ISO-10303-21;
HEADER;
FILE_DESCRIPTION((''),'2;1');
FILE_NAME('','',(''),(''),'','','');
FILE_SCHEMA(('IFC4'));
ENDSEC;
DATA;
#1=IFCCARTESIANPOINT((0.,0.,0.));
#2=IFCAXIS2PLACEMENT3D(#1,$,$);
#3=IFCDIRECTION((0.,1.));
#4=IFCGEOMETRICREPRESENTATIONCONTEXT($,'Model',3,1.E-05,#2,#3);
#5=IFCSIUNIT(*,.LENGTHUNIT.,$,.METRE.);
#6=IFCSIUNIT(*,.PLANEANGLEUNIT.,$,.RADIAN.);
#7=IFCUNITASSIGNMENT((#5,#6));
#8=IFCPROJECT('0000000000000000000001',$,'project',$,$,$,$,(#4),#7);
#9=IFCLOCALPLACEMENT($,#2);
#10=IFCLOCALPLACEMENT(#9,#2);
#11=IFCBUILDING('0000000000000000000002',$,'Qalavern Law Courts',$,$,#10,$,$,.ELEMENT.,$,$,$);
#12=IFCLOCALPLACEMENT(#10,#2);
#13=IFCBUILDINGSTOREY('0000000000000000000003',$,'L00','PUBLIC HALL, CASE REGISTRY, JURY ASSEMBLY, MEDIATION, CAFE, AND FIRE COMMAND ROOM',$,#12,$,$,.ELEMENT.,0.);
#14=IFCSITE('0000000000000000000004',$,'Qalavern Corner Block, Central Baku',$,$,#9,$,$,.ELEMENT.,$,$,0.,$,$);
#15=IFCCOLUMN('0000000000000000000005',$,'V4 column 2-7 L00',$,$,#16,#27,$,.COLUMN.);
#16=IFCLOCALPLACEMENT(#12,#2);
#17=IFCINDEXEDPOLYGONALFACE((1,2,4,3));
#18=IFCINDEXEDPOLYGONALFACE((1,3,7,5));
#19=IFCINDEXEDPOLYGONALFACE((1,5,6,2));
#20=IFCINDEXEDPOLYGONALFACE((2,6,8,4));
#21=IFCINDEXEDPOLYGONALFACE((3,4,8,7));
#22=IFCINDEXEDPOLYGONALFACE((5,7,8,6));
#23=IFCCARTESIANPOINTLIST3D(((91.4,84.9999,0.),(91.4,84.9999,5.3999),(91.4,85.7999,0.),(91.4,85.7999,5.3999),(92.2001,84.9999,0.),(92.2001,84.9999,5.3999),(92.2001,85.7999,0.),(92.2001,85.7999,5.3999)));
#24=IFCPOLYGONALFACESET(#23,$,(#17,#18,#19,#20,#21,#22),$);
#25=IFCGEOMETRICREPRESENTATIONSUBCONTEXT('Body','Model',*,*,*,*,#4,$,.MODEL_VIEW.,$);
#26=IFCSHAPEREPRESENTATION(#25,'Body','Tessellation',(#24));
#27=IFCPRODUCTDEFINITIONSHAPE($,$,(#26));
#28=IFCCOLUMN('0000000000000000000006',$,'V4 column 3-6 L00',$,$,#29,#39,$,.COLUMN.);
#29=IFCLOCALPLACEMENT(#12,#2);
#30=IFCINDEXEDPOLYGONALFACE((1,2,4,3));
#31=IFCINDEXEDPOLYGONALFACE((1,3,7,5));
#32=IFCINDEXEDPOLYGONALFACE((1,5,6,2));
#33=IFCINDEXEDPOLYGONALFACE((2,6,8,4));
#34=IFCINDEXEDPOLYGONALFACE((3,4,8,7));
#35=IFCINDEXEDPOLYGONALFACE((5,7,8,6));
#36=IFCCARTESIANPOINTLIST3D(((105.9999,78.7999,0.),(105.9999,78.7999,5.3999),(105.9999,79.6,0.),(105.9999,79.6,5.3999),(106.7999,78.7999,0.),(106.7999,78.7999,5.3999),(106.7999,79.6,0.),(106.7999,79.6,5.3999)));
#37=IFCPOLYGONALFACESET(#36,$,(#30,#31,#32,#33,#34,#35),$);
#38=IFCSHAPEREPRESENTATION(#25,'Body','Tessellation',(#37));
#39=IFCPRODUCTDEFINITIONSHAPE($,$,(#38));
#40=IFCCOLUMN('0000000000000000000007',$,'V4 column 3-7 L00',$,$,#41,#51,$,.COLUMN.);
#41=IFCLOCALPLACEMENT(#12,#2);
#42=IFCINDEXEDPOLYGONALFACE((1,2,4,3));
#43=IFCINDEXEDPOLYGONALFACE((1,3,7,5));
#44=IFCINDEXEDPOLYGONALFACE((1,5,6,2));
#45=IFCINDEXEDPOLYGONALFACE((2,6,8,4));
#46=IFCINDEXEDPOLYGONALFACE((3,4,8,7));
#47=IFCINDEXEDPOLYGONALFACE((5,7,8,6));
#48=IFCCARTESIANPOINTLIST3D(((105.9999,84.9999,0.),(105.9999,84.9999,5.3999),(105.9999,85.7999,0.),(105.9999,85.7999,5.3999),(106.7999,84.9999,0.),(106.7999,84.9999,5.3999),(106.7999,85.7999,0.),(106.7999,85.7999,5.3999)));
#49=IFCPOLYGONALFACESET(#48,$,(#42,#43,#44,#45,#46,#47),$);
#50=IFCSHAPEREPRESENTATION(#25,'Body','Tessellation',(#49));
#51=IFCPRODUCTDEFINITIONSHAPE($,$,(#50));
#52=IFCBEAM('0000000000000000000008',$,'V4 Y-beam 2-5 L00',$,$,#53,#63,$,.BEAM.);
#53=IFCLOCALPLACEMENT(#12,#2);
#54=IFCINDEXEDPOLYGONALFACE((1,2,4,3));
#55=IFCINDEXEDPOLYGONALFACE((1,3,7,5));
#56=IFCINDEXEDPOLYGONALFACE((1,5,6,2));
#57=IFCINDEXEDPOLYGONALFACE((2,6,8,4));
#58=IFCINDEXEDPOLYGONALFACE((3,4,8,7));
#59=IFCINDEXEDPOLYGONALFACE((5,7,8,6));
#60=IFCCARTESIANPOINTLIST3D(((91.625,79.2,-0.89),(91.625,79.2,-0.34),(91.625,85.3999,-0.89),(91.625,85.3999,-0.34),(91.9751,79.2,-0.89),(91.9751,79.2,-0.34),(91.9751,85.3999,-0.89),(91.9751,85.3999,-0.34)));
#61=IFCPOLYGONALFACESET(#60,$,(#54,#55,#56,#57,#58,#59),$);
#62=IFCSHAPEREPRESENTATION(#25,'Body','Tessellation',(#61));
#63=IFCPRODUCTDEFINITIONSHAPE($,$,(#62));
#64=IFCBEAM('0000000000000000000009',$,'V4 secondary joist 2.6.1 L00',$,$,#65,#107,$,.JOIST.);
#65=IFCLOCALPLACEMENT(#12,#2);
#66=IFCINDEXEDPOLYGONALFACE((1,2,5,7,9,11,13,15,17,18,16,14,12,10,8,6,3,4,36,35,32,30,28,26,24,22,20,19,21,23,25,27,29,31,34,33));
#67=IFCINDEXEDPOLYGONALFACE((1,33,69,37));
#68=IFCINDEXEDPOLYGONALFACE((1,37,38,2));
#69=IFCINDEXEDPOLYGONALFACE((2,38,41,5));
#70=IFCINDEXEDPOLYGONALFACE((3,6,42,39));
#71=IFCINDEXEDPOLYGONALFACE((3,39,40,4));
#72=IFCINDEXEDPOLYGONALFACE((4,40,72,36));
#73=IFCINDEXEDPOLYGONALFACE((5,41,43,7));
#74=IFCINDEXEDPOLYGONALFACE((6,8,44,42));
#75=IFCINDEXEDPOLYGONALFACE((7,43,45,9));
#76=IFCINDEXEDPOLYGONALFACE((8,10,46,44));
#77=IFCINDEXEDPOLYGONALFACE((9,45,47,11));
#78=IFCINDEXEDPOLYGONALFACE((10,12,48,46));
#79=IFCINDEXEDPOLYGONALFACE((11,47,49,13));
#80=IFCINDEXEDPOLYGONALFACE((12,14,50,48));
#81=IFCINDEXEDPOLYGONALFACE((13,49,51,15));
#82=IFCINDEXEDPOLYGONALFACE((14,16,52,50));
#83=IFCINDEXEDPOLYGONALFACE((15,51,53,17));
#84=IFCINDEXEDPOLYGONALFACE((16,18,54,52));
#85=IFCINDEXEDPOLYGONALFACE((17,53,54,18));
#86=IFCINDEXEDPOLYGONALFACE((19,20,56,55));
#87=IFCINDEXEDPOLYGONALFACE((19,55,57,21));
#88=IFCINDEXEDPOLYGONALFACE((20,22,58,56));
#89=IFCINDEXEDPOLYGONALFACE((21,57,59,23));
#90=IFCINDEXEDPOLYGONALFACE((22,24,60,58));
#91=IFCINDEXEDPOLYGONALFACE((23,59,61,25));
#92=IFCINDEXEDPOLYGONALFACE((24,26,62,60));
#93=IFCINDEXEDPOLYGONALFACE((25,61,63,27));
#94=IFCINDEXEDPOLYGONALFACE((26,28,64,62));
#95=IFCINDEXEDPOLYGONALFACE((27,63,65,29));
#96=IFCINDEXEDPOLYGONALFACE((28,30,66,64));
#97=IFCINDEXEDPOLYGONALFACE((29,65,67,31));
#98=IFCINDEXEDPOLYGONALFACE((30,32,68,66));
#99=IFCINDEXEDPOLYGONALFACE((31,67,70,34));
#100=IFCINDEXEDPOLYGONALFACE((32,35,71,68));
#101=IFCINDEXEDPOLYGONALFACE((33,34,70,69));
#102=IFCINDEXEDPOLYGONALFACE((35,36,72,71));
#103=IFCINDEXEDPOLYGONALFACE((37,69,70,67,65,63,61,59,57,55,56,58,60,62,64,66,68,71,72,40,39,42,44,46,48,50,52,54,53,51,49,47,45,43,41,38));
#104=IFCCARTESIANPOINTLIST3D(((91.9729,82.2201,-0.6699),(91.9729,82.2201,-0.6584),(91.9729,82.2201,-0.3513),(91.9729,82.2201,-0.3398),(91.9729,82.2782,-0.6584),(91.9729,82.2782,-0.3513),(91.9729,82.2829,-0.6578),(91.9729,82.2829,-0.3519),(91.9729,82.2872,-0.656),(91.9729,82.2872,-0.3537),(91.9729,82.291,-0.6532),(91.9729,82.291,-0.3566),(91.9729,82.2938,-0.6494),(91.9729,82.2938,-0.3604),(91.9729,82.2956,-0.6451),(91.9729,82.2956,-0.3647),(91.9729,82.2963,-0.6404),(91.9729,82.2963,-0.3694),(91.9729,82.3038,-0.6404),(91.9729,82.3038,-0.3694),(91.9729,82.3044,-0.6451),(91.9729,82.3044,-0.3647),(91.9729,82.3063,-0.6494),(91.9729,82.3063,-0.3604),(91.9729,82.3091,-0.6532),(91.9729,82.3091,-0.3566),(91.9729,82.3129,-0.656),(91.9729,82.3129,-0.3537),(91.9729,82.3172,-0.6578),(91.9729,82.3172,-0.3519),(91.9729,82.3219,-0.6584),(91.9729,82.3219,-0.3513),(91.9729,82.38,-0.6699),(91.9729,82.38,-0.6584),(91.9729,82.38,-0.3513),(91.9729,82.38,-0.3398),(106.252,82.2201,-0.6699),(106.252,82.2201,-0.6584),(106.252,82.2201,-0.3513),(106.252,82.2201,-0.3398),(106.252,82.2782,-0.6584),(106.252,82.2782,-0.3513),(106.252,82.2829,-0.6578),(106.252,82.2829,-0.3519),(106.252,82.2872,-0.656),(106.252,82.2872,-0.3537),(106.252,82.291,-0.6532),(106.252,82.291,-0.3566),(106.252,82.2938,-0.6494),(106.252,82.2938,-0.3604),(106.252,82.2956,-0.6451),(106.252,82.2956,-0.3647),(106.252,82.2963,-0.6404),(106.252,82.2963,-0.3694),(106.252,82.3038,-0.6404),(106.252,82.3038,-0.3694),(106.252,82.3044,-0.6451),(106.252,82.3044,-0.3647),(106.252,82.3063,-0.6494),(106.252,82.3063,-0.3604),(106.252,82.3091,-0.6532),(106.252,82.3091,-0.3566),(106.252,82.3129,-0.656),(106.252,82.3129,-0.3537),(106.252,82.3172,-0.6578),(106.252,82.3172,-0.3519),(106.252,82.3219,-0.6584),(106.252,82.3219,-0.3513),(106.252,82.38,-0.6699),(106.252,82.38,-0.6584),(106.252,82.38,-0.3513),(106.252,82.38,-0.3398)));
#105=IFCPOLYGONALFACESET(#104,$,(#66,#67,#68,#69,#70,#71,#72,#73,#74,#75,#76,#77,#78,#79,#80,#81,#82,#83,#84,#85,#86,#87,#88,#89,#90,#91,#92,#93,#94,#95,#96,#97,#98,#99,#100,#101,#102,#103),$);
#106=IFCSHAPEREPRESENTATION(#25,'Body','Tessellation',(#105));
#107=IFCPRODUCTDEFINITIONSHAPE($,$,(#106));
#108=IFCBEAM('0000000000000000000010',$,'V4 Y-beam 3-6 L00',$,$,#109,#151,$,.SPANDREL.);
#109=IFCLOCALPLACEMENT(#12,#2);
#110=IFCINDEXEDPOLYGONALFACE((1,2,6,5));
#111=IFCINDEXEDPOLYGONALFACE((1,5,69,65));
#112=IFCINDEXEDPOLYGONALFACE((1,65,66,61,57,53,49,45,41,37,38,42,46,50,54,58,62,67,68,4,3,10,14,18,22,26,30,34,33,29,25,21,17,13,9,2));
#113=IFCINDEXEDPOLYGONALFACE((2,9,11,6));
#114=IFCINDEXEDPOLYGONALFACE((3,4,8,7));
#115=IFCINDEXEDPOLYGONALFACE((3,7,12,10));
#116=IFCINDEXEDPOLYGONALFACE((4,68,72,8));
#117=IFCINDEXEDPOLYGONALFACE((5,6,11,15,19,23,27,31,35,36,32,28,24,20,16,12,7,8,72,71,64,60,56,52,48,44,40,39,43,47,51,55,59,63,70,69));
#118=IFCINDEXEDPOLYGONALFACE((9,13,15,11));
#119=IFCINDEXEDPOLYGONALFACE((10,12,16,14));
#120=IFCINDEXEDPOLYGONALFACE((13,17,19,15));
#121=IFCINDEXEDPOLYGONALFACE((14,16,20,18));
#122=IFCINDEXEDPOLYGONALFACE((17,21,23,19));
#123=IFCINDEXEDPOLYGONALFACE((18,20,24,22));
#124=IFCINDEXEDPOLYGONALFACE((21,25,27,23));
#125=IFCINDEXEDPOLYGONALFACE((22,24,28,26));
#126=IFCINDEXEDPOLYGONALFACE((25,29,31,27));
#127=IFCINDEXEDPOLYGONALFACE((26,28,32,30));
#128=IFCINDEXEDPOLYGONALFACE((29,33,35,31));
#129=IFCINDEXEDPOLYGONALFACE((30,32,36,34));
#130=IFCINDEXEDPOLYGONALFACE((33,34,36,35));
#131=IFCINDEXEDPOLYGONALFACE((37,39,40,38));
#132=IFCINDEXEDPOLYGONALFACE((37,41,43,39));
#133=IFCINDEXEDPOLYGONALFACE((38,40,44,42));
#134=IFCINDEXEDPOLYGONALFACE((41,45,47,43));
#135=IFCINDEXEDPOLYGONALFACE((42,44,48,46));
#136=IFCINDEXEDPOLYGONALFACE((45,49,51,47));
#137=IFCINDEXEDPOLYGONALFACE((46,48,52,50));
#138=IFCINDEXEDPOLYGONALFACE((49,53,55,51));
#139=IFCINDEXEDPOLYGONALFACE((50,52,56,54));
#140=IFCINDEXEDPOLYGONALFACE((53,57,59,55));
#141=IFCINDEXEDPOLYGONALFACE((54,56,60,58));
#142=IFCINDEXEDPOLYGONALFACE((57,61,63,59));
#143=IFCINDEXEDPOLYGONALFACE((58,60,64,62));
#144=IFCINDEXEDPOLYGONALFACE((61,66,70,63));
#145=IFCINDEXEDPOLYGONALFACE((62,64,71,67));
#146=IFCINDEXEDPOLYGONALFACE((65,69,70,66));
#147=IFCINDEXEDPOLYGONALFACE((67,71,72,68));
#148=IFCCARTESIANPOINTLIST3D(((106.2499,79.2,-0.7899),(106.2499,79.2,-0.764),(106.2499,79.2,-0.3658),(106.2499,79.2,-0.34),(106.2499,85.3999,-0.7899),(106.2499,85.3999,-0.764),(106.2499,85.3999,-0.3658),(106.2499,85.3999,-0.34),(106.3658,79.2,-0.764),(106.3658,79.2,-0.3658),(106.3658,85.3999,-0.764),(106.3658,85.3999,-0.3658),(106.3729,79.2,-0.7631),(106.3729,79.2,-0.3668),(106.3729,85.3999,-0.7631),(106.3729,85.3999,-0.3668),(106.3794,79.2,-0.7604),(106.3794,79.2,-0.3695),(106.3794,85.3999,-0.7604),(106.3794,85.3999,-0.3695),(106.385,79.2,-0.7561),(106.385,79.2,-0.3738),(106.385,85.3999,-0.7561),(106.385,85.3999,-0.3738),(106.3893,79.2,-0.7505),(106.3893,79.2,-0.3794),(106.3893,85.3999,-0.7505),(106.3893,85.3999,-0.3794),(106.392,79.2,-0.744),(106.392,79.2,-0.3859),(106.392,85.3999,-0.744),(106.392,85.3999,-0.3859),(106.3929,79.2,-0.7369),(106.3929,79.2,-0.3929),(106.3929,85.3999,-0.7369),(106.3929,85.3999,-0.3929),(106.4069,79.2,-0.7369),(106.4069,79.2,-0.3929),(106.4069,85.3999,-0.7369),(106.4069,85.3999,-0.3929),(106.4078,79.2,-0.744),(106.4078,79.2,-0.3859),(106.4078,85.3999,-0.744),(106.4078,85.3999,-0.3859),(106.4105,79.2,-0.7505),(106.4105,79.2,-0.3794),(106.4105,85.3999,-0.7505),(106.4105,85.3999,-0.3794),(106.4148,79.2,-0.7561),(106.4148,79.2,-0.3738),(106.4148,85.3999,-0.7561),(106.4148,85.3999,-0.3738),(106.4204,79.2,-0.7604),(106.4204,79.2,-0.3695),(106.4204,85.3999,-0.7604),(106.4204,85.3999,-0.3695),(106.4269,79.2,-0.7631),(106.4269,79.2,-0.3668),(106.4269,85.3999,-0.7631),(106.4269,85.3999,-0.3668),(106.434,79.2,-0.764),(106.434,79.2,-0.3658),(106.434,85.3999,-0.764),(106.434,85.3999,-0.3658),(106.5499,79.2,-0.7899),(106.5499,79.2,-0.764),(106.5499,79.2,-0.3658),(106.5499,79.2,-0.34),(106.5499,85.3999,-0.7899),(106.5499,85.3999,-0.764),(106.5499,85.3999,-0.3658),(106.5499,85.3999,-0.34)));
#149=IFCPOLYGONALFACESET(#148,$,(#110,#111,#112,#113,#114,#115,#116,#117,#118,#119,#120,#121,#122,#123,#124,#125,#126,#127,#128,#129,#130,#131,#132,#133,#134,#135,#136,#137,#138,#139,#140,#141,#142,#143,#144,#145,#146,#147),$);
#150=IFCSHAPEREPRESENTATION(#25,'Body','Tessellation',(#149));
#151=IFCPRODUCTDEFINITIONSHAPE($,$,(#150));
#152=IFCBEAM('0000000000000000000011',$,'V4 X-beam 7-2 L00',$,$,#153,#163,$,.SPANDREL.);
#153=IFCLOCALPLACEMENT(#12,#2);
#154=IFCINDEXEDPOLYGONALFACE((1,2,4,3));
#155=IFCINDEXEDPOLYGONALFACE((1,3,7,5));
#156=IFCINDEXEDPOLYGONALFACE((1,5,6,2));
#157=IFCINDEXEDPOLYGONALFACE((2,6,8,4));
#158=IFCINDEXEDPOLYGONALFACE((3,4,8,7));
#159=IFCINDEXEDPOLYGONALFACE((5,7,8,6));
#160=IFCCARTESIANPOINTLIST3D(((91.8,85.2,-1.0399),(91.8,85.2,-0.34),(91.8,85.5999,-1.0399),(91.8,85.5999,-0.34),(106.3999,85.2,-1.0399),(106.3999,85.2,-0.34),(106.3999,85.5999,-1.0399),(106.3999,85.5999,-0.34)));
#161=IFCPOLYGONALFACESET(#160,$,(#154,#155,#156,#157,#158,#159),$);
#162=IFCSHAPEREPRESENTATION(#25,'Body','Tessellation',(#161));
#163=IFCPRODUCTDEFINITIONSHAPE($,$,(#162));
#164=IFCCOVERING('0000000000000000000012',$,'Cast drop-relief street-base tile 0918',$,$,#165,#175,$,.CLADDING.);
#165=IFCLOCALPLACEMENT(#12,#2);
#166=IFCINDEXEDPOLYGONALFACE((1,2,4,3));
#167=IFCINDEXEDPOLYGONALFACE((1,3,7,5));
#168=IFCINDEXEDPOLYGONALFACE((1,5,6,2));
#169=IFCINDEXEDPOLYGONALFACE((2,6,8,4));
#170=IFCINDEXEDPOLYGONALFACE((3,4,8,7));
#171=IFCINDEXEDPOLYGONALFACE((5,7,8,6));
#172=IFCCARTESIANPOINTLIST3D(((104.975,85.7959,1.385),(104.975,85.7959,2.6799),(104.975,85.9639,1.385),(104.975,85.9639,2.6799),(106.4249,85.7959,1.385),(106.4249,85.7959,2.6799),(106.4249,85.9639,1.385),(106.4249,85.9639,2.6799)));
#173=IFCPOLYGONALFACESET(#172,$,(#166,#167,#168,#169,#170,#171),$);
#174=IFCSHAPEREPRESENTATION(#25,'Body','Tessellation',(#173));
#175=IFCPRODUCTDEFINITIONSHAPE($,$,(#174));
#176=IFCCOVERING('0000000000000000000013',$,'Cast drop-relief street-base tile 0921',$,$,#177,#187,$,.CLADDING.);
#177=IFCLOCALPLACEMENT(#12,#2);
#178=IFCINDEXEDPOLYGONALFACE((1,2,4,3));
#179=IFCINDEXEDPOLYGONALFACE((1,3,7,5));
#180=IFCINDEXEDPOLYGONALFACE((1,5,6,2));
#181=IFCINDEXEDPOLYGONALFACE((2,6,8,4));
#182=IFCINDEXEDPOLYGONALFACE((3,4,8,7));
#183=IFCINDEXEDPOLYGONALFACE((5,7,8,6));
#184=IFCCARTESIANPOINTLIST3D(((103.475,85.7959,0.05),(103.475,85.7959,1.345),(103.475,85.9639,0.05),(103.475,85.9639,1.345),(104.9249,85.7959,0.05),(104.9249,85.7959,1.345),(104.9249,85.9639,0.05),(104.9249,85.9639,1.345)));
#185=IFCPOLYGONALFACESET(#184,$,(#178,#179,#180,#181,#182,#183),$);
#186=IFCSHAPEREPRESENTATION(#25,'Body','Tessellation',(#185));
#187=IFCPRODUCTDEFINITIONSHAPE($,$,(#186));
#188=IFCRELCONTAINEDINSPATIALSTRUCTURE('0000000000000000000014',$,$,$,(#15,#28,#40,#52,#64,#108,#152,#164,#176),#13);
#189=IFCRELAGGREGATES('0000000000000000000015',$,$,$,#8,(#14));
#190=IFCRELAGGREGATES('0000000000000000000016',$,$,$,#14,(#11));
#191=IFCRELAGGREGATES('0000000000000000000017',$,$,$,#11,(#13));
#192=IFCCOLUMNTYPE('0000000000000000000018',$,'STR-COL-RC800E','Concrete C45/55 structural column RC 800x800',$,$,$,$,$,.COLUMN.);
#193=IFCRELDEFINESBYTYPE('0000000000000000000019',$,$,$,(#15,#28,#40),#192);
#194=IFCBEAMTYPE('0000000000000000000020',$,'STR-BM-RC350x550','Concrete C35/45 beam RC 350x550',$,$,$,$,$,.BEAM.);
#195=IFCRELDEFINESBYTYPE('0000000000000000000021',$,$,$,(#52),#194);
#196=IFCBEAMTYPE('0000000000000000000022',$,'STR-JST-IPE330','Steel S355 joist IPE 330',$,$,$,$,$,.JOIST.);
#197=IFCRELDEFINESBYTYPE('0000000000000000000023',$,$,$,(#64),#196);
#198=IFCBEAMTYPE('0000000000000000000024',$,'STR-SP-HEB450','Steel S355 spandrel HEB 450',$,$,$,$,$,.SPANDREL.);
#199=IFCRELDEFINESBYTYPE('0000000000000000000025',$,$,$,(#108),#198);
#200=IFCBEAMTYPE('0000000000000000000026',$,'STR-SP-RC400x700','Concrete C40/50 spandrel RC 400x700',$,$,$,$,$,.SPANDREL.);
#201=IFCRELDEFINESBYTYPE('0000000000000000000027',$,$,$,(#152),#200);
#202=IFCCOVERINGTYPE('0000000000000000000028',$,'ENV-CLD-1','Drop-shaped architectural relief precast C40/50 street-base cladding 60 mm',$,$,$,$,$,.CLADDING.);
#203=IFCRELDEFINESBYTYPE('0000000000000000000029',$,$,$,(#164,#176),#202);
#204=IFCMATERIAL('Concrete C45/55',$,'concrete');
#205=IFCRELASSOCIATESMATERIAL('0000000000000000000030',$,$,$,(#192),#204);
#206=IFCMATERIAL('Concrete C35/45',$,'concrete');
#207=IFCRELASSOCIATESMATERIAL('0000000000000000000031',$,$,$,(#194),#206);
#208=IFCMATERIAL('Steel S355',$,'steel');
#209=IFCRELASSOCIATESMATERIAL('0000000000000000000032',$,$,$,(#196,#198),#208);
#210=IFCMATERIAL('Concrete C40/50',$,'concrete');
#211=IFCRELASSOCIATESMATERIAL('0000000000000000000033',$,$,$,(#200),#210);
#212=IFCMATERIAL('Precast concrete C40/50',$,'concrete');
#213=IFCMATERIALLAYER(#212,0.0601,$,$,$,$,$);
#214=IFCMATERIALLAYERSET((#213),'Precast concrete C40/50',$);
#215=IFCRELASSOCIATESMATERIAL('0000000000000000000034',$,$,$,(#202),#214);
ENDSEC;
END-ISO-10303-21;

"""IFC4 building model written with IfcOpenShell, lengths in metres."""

from ifc_helpers import new_model, si_unit, direction, frame, origin, origin_2d, place, context, subcontext, project, spatial, rectangle, i_section, extrude, material, layer, layer_set, material_profile, profile_set, type_object, element, save


model = new_model("IFC4")

# Units and contexts
model_context = context("Model", 3, precision=1e-05, world=origin(), true_north=direction((0.0, 1.0)))
body_context = subcontext(model_context, "Body", "Model", "MODEL_VIEW")
ifc_project = project(units=[si_unit("LENGTHUNIT", "METRE"), si_unit("PLANEANGLEUNIT", "RADIAN")], contexts=[model_context])

# Site, building, storey
site_placement = place(None, origin())
site = spatial("IfcSite", under=ifc_project, at=site_placement, Name="Qalavern Corner Block, Central Baku", CompositionType="ELEMENT", RefElevation=0.0)
building_placement = place(site_placement, origin())
building = spatial("IfcBuilding", under=site, at=building_placement, Name="Qalavern Law Courts", CompositionType="ELEMENT")
storey_placement = place(building_placement, origin())
storey = spatial("IfcBuildingStorey", under=building, at=storey_placement, Name="L00", Description="PUBLIC HALL, CASE REGISTRY, JURY ASSEMBLY, MEDIATION, CAFE, AND FIRE COMMAND ROOM", CompositionType="ELEMENT", Elevation=0.0)

# Columns
ifc_material_1 = material(Name="Concrete C45/55", Category="concrete")
ifc_material_profile_1 = material_profile(ifc_material_1, rectangle(XDim=0.8, YDim=0.8, at=origin_2d()), Name="RC 800x800")
ifc_profile_set_1 = profile_set([ifc_material_profile_1], Name="Concrete C45/55")
column_type = type_object("IfcColumnType", Name="STR-COL-RC800E", Description="Concrete C45/55 structural column RC 800x800", PredefinedType="COLUMN", material=ifc_profile_set_1)
for number, where, z_axis, x_axis, name in (
    (1, (91.8, 85.3999, 0.0), (0.0, 0.0, 1.0), (1.0, 0.0, 0.0), "V4 column 2-7 L00"),
    (2, (106.3999, 79.2, 0.0), (0.0, 0.0, 1.0), (1.0, 0.0, 0.0), "V4 column 3-6 L00"),
    (3, (106.3999, 85.3999, 0.0), (0.0, 0.0, 1.0), (1.0, 0.0, 0.0), "V4 column 3-7 L00"),
):
    element("IfcColumn", number, at=place(storey_placement, frame(where, z_axis=z_axis, x_axis=x_axis)), inside=storey, type_object=column_type, Name=name, PredefinedType="COLUMN", context=body_context, shape_type="SweptSolid", body=[
        extrude(rectangle(XDim=0.8, YDim=0.8, at=origin_2d()), origin(), (0.0, 0.0, 1.0), 5.3999),
    ])

# Beams
ifc_material_2 = material(Name="Concrete C35/45", Category="concrete")
ifc_material_profile_2 = material_profile(ifc_material_2, rectangle(XDim=0.3501, YDim=0.55, at=origin_2d()), Name="RC 350x550")
ifc_profile_set_2 = profile_set([ifc_material_profile_2], Name="Concrete C35/45")
beam_type_1 = type_object("IfcBeamType", Name="STR-BM-RC350x550", Description="Concrete C35/45 beam RC 350x550", PredefinedType="BEAM", material=ifc_profile_set_2)
beam_1_placement = place(storey_placement, frame((91.8, 79.2, -0.615), z_axis=(0.0, 1.0, 0.0), x_axis=(-1.0, 0.0, 0.0)))
element("IfcBeam", 4, at=beam_1_placement, inside=storey, type_object=beam_type_1, Name="V4 Y-beam 2-5 L00", PredefinedType="BEAM", context=body_context, shape_type="SweptSolid", body=[
    extrude(rectangle(XDim=0.3501, YDim=0.55, at=origin_2d()), origin(), (0.0, 0.0, 1.0), 6.2),
])
ifc_material_3 = material(Name="Steel S355", Category="steel")
ifc_material_profile_3 = material_profile(ifc_material_3, i_section(OverallWidth=0.1599, OverallDepth=0.3301, WebThickness=0.0076, FlangeThickness=0.0115, FilletRadius=0.0181, at=origin_2d()), Name="IPE 330")
ifc_profile_set_3 = profile_set([ifc_material_profile_3], Name="Steel S355")
beam_type_2 = type_object("IfcBeamType", Name="STR-JST-IPE330", Description="Steel S355 joist IPE 330", PredefinedType="JOIST", material=ifc_profile_set_3)
beam_2_placement = place(storey_placement, frame((91.9729, 82.3, -0.5049), z_axis=(1.0, 0.0, 0.0), x_axis=(0.0, 1.0, 0.0)))
element("IfcBeam", 5, at=beam_2_placement, inside=storey, type_object=beam_type_2, Name="V4 secondary joist 2.6.1 L00", PredefinedType="JOIST", context=body_context, shape_type="SweptSolid", body=[
    extrude(i_section(OverallWidth=0.1599, OverallDepth=0.3301, WebThickness=0.0076, FlangeThickness=0.0115, FilletRadius=0.0181, at=origin_2d()), origin(), (0.0, 0.0, 1.0), 14.2791),
])
ifc_material_profile_4 = material_profile(ifc_material_3, i_section(OverallWidth=0.3, OverallDepth=0.45, WebThickness=0.0139, FlangeThickness=0.0259, FilletRadius=0.0271, at=origin_2d()), Name="HEB 450")
ifc_profile_set_4 = profile_set([ifc_material_profile_4], Name="Steel S355")
beam_type_3 = type_object("IfcBeamType", Name="STR-SP-HEB450", Description="Steel S355 spandrel HEB 450", PredefinedType="SPANDREL", material=ifc_profile_set_4)
beam_3_placement = place(storey_placement, frame((106.3999, 79.2, -0.5649), z_axis=(0.0, 1.0, 0.0), x_axis=(-1.0, 0.0, 0.0)))
element("IfcBeam", 6, at=beam_3_placement, inside=storey, type_object=beam_type_3, Name="V4 Y-beam 3-6 L00", PredefinedType="SPANDREL", context=body_context, shape_type="SweptSolid", body=[
    extrude(i_section(OverallWidth=0.3, OverallDepth=0.45, WebThickness=0.0139, FlangeThickness=0.0259, FilletRadius=0.0271, at=origin_2d()), origin(), (0.0, 0.0, 1.0), 6.2),
])
ifc_material_4 = material(Name="Concrete C40/50", Category="concrete")
ifc_material_profile_5 = material_profile(ifc_material_4, rectangle(XDim=0.3999, YDim=0.7, at=origin_2d()), Name="RC 400x700")
ifc_profile_set_5 = profile_set([ifc_material_profile_5], Name="Concrete C40/50")
beam_type_4 = type_object("IfcBeamType", Name="STR-SP-RC400x700", Description="Concrete C40/50 spandrel RC 400x700", PredefinedType="SPANDREL", material=ifc_profile_set_5)
beam_4_placement = place(storey_placement, frame((91.8, 85.3999, -0.6899), z_axis=(1.0, 0.0, 0.0), x_axis=(0.0, 1.0, 0.0)))
element("IfcBeam", 7, at=beam_4_placement, inside=storey, type_object=beam_type_4, Name="V4 X-beam 7-2 L00", PredefinedType="SPANDREL", context=body_context, shape_type="SweptSolid", body=[
    extrude(rectangle(XDim=0.3999, YDim=0.7, at=origin_2d()), origin(), (0.0, 0.0, 1.0), 14.5999),
])

# Coverings
ifc_material_5 = material(Name="Precast concrete C40/50", Category="concrete")
ifc_layer_1 = layer(ifc_material_5, 0.0601)
ifc_layer_set_1 = layer_set([ifc_layer_1], Name="Precast concrete C40/50")
covering_type_1 = type_object("IfcCoveringType", Name="ENV-CLD-1", Description="Drop-shaped architectural relief precast C40/50 street-base cladding 60 mm", PredefinedType="CLADDING", material=ifc_layer_set_1)
for number, where, z_axis, x_axis, name in (
    (8, (105.7, 85.8799, 1.385), (0.0, 0.0, 1.0), (-1.0, 0.0, 0.0), "Cast drop-relief street-base tile 0918"),
    (9, (104.2, 85.8799, 0.05), (0.0, 0.0, 1.0), (-1.0, 0.0, 0.0), "Cast drop-relief street-base tile 0921"),
):
    element("IfcCovering", number, at=place(storey_placement, frame(where, z_axis=z_axis, x_axis=x_axis)), inside=storey, type_object=covering_type_1, Name=name, PredefinedType="CLADDING", context=body_context, shape_type="SweptSolid", body=[
        extrude(rectangle(XDim=1.45, YDim=0.168, at=origin_2d()), origin(), (0.0, 0.0, 1.0), 1.2949),
    ])

save(model, "model.ifc")
